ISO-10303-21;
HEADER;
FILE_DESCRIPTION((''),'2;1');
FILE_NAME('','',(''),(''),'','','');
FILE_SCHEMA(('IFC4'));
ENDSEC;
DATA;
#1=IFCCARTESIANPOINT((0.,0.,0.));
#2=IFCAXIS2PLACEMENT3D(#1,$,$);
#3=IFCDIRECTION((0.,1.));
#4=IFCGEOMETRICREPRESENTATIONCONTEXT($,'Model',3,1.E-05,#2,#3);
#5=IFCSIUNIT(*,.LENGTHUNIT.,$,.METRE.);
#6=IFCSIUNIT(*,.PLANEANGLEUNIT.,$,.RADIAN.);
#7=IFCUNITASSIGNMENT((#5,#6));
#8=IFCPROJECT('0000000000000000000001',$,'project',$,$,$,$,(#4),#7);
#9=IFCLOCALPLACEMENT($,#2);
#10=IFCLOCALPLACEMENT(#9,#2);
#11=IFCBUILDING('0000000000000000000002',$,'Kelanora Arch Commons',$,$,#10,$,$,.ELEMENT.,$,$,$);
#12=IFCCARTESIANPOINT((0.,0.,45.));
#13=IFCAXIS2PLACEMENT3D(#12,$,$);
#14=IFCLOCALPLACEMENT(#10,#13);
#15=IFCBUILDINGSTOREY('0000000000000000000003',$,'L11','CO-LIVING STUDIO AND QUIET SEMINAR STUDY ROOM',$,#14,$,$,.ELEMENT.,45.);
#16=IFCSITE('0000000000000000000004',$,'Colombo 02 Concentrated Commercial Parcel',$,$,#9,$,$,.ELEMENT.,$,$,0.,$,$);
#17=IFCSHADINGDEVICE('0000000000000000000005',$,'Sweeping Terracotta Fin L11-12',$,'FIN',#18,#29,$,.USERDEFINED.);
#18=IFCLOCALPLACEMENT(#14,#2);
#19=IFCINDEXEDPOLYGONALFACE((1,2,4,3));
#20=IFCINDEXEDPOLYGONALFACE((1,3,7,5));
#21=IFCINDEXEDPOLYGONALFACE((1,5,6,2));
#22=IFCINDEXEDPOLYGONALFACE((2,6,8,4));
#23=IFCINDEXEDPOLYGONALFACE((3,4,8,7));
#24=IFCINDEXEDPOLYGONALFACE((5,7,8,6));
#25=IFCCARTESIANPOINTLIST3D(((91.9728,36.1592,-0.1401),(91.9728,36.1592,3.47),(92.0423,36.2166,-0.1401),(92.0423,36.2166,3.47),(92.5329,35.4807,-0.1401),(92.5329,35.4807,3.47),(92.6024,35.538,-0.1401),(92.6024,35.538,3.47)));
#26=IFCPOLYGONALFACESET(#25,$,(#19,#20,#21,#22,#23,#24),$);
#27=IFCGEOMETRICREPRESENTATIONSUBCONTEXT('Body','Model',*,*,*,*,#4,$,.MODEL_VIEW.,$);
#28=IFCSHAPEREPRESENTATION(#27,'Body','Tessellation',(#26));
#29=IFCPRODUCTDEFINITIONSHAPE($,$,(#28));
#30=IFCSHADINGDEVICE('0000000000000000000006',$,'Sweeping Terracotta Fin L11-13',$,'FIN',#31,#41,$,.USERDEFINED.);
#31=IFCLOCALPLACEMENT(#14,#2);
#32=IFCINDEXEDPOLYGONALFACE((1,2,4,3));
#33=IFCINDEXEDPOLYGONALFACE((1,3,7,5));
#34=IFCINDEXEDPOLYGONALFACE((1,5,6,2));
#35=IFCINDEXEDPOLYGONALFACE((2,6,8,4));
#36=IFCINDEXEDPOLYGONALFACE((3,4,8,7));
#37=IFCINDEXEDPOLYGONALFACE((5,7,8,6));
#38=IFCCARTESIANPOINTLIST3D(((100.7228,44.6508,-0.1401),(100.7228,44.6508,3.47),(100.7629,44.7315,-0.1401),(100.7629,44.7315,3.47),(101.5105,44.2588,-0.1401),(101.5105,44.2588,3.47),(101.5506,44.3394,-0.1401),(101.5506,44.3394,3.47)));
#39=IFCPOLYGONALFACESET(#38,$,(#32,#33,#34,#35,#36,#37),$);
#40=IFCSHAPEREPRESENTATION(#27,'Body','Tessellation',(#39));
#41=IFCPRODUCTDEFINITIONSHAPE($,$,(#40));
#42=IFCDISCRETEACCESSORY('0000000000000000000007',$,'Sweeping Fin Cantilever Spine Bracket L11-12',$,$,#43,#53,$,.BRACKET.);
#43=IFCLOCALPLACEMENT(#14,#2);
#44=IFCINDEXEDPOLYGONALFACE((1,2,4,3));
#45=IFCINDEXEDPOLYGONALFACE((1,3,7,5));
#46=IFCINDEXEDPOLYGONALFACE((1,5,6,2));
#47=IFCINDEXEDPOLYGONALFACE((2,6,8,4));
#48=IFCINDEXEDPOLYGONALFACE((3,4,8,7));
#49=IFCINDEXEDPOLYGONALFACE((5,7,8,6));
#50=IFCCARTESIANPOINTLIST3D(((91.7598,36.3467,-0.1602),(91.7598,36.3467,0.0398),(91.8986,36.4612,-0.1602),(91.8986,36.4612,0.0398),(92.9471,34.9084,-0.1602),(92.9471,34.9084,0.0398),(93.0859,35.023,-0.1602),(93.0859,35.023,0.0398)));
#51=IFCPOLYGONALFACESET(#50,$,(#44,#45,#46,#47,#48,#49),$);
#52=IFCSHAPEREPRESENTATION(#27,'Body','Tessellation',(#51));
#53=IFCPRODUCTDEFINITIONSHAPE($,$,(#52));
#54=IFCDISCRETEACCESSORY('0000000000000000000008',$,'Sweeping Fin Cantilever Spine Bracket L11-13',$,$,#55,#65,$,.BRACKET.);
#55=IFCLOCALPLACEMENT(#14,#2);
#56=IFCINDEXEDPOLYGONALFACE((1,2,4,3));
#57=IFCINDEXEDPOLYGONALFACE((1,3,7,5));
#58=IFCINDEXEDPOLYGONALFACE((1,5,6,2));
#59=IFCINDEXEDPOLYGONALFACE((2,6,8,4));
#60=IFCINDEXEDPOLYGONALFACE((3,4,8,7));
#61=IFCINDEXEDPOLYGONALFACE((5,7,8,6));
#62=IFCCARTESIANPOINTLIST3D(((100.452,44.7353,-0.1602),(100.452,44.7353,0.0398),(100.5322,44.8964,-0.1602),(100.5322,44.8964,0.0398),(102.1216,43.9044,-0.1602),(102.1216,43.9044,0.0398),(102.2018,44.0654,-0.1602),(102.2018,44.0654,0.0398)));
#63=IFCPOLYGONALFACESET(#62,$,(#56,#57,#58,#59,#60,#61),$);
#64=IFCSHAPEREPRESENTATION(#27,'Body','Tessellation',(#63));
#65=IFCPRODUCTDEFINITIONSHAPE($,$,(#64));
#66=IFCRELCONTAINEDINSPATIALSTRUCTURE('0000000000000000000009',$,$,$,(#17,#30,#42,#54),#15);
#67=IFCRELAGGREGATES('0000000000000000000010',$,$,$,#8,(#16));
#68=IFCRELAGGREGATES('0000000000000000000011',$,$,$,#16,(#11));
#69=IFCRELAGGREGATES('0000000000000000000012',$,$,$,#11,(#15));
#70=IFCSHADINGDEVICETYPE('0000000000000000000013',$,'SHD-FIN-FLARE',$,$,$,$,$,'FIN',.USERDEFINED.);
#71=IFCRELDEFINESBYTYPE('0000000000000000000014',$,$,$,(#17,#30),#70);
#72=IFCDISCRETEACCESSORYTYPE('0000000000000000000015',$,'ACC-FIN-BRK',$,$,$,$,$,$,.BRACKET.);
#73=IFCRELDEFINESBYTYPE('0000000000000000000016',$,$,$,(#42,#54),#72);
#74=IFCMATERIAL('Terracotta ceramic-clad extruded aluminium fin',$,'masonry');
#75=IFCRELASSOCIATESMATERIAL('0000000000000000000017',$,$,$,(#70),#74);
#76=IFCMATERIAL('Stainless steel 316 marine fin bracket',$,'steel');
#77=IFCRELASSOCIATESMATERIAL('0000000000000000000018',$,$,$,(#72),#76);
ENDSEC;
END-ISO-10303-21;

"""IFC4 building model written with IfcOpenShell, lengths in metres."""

from ifc_helpers import new_model, si_unit, direction, frame, origin, origin_2d, place, context, subcontext, project, spatial, rectangle, extrude, source, transform, mapped, material, type_object, element, save


model = new_model("IFC4")

# Units and contexts
model_context = context("Model", 3, precision=1e-05, world=origin(), true_north=direction((0.0, 1.0)))
body_context = subcontext(model_context, "Body", "Model", "MODEL_VIEW")
ifc_project = project(units=[si_unit("LENGTHUNIT", "METRE"), si_unit("PLANEANGLEUNIT", "RADIAN")], contexts=[model_context])

# Site, building, storey
site_placement = place(None, origin())
site = spatial("IfcSite", under=ifc_project, at=site_placement, Name="Colombo 02 Concentrated Commercial Parcel", CompositionType="ELEMENT", RefElevation=0.0)
building_placement = place(site_placement, origin())
building = spatial("IfcBuilding", under=site, at=building_placement, Name="Kelanora Arch Commons", CompositionType="ELEMENT")
storey_placement = place(building_placement, frame((0.0, 0.0, 45.0)))
storey = spatial("IfcBuildingStorey", under=building, at=storey_placement, Name="L11", Description="CO-LIVING STUDIO AND QUIET SEMINAR STUDY ROOM", CompositionType="ELEMENT", Elevation=45.0)

# Shading devices
ifc_material_1 = material(Name="Terracotta ceramic-clad extruded aluminium fin", Category="masonry")
shading_device_type = type_object("IfcShadingDeviceType", Name="SHD-FIN-FLARE", ElementType="FIN", PredefinedType="USERDEFINED", material=ifc_material_1)
shared_shape_1 = source(origin(), body_context, "Body", "SweptSolid", [
    extrude(rectangle(XDim=0.8799, YDim=0.0901, at=origin_2d()), origin(), (0.0, 0.0, 1.0), 3.6101),
])
for number, where, z_axis, x_axis, name in (
    (1, (92.2876, 35.8486, -0.1401), (0.0, 0.0, 1.0), (0.636617, -0.77118, 0.0), "Sweeping Terracotta Fin L11-12"),
    (2, (101.1367, 44.4951, -0.1401), (0.0, 0.0, 1.0), (0.895246, -0.445573, 0.0), "Sweeping Terracotta Fin L11-13"),
):
    element("IfcShadingDevice", number, at=place(storey_placement, frame(where, z_axis=z_axis, x_axis=x_axis)), inside=storey, type_object=shading_device_type, Name=name, ObjectType="FIN", PredefinedType="USERDEFINED", context=body_context, shape_type="MappedRepresentation", body=[
        mapped(shared_shape_1, transform((0.0, 0.0, 0.0), scale=1.0)),
    ])

# Discrete accessories
ifc_material_2 = material(Name="Stainless steel 316 marine fin bracket", Category="steel")
discrete_accessory_type = type_object("IfcDiscreteAccessoryType", Name="ACC-FIN-BRK", PredefinedType="BRACKET", material=ifc_material_2)
shared_shape_2 = source(origin(), body_context, "Body", "SweptSolid", [
    extrude(rectangle(XDim=1.865, YDim=0.1799, at=origin_2d()), origin(), (0.0, 0.0, 1.0), 0.2),
])
for number, where, z_axis, x_axis, name in (
    (3, (92.4229, 35.6848, -0.1602), (0.0, 0.0, 1.0), (0.636617, -0.77118, 0.0), "Sweeping Fin Cantilever Spine Bracket L11-12"),
    (4, (101.3269, 44.4004, -0.1602), (0.0, 0.0, 1.0), (0.895246, -0.445573, 0.0), "Sweeping Fin Cantilever Spine Bracket L11-13"),
):
    element("IfcDiscreteAccessory", number, at=place(storey_placement, frame(where, z_axis=z_axis, x_axis=x_axis)), inside=storey, type_object=discrete_accessory_type, Name=name, PredefinedType="BRACKET", context=body_context, shape_type="MappedRepresentation", body=[
        mapped(shared_shape_2, transform((0.0, 0.0, 0.0), scale=1.0)),
    ])

save(model, "model.ifc")
